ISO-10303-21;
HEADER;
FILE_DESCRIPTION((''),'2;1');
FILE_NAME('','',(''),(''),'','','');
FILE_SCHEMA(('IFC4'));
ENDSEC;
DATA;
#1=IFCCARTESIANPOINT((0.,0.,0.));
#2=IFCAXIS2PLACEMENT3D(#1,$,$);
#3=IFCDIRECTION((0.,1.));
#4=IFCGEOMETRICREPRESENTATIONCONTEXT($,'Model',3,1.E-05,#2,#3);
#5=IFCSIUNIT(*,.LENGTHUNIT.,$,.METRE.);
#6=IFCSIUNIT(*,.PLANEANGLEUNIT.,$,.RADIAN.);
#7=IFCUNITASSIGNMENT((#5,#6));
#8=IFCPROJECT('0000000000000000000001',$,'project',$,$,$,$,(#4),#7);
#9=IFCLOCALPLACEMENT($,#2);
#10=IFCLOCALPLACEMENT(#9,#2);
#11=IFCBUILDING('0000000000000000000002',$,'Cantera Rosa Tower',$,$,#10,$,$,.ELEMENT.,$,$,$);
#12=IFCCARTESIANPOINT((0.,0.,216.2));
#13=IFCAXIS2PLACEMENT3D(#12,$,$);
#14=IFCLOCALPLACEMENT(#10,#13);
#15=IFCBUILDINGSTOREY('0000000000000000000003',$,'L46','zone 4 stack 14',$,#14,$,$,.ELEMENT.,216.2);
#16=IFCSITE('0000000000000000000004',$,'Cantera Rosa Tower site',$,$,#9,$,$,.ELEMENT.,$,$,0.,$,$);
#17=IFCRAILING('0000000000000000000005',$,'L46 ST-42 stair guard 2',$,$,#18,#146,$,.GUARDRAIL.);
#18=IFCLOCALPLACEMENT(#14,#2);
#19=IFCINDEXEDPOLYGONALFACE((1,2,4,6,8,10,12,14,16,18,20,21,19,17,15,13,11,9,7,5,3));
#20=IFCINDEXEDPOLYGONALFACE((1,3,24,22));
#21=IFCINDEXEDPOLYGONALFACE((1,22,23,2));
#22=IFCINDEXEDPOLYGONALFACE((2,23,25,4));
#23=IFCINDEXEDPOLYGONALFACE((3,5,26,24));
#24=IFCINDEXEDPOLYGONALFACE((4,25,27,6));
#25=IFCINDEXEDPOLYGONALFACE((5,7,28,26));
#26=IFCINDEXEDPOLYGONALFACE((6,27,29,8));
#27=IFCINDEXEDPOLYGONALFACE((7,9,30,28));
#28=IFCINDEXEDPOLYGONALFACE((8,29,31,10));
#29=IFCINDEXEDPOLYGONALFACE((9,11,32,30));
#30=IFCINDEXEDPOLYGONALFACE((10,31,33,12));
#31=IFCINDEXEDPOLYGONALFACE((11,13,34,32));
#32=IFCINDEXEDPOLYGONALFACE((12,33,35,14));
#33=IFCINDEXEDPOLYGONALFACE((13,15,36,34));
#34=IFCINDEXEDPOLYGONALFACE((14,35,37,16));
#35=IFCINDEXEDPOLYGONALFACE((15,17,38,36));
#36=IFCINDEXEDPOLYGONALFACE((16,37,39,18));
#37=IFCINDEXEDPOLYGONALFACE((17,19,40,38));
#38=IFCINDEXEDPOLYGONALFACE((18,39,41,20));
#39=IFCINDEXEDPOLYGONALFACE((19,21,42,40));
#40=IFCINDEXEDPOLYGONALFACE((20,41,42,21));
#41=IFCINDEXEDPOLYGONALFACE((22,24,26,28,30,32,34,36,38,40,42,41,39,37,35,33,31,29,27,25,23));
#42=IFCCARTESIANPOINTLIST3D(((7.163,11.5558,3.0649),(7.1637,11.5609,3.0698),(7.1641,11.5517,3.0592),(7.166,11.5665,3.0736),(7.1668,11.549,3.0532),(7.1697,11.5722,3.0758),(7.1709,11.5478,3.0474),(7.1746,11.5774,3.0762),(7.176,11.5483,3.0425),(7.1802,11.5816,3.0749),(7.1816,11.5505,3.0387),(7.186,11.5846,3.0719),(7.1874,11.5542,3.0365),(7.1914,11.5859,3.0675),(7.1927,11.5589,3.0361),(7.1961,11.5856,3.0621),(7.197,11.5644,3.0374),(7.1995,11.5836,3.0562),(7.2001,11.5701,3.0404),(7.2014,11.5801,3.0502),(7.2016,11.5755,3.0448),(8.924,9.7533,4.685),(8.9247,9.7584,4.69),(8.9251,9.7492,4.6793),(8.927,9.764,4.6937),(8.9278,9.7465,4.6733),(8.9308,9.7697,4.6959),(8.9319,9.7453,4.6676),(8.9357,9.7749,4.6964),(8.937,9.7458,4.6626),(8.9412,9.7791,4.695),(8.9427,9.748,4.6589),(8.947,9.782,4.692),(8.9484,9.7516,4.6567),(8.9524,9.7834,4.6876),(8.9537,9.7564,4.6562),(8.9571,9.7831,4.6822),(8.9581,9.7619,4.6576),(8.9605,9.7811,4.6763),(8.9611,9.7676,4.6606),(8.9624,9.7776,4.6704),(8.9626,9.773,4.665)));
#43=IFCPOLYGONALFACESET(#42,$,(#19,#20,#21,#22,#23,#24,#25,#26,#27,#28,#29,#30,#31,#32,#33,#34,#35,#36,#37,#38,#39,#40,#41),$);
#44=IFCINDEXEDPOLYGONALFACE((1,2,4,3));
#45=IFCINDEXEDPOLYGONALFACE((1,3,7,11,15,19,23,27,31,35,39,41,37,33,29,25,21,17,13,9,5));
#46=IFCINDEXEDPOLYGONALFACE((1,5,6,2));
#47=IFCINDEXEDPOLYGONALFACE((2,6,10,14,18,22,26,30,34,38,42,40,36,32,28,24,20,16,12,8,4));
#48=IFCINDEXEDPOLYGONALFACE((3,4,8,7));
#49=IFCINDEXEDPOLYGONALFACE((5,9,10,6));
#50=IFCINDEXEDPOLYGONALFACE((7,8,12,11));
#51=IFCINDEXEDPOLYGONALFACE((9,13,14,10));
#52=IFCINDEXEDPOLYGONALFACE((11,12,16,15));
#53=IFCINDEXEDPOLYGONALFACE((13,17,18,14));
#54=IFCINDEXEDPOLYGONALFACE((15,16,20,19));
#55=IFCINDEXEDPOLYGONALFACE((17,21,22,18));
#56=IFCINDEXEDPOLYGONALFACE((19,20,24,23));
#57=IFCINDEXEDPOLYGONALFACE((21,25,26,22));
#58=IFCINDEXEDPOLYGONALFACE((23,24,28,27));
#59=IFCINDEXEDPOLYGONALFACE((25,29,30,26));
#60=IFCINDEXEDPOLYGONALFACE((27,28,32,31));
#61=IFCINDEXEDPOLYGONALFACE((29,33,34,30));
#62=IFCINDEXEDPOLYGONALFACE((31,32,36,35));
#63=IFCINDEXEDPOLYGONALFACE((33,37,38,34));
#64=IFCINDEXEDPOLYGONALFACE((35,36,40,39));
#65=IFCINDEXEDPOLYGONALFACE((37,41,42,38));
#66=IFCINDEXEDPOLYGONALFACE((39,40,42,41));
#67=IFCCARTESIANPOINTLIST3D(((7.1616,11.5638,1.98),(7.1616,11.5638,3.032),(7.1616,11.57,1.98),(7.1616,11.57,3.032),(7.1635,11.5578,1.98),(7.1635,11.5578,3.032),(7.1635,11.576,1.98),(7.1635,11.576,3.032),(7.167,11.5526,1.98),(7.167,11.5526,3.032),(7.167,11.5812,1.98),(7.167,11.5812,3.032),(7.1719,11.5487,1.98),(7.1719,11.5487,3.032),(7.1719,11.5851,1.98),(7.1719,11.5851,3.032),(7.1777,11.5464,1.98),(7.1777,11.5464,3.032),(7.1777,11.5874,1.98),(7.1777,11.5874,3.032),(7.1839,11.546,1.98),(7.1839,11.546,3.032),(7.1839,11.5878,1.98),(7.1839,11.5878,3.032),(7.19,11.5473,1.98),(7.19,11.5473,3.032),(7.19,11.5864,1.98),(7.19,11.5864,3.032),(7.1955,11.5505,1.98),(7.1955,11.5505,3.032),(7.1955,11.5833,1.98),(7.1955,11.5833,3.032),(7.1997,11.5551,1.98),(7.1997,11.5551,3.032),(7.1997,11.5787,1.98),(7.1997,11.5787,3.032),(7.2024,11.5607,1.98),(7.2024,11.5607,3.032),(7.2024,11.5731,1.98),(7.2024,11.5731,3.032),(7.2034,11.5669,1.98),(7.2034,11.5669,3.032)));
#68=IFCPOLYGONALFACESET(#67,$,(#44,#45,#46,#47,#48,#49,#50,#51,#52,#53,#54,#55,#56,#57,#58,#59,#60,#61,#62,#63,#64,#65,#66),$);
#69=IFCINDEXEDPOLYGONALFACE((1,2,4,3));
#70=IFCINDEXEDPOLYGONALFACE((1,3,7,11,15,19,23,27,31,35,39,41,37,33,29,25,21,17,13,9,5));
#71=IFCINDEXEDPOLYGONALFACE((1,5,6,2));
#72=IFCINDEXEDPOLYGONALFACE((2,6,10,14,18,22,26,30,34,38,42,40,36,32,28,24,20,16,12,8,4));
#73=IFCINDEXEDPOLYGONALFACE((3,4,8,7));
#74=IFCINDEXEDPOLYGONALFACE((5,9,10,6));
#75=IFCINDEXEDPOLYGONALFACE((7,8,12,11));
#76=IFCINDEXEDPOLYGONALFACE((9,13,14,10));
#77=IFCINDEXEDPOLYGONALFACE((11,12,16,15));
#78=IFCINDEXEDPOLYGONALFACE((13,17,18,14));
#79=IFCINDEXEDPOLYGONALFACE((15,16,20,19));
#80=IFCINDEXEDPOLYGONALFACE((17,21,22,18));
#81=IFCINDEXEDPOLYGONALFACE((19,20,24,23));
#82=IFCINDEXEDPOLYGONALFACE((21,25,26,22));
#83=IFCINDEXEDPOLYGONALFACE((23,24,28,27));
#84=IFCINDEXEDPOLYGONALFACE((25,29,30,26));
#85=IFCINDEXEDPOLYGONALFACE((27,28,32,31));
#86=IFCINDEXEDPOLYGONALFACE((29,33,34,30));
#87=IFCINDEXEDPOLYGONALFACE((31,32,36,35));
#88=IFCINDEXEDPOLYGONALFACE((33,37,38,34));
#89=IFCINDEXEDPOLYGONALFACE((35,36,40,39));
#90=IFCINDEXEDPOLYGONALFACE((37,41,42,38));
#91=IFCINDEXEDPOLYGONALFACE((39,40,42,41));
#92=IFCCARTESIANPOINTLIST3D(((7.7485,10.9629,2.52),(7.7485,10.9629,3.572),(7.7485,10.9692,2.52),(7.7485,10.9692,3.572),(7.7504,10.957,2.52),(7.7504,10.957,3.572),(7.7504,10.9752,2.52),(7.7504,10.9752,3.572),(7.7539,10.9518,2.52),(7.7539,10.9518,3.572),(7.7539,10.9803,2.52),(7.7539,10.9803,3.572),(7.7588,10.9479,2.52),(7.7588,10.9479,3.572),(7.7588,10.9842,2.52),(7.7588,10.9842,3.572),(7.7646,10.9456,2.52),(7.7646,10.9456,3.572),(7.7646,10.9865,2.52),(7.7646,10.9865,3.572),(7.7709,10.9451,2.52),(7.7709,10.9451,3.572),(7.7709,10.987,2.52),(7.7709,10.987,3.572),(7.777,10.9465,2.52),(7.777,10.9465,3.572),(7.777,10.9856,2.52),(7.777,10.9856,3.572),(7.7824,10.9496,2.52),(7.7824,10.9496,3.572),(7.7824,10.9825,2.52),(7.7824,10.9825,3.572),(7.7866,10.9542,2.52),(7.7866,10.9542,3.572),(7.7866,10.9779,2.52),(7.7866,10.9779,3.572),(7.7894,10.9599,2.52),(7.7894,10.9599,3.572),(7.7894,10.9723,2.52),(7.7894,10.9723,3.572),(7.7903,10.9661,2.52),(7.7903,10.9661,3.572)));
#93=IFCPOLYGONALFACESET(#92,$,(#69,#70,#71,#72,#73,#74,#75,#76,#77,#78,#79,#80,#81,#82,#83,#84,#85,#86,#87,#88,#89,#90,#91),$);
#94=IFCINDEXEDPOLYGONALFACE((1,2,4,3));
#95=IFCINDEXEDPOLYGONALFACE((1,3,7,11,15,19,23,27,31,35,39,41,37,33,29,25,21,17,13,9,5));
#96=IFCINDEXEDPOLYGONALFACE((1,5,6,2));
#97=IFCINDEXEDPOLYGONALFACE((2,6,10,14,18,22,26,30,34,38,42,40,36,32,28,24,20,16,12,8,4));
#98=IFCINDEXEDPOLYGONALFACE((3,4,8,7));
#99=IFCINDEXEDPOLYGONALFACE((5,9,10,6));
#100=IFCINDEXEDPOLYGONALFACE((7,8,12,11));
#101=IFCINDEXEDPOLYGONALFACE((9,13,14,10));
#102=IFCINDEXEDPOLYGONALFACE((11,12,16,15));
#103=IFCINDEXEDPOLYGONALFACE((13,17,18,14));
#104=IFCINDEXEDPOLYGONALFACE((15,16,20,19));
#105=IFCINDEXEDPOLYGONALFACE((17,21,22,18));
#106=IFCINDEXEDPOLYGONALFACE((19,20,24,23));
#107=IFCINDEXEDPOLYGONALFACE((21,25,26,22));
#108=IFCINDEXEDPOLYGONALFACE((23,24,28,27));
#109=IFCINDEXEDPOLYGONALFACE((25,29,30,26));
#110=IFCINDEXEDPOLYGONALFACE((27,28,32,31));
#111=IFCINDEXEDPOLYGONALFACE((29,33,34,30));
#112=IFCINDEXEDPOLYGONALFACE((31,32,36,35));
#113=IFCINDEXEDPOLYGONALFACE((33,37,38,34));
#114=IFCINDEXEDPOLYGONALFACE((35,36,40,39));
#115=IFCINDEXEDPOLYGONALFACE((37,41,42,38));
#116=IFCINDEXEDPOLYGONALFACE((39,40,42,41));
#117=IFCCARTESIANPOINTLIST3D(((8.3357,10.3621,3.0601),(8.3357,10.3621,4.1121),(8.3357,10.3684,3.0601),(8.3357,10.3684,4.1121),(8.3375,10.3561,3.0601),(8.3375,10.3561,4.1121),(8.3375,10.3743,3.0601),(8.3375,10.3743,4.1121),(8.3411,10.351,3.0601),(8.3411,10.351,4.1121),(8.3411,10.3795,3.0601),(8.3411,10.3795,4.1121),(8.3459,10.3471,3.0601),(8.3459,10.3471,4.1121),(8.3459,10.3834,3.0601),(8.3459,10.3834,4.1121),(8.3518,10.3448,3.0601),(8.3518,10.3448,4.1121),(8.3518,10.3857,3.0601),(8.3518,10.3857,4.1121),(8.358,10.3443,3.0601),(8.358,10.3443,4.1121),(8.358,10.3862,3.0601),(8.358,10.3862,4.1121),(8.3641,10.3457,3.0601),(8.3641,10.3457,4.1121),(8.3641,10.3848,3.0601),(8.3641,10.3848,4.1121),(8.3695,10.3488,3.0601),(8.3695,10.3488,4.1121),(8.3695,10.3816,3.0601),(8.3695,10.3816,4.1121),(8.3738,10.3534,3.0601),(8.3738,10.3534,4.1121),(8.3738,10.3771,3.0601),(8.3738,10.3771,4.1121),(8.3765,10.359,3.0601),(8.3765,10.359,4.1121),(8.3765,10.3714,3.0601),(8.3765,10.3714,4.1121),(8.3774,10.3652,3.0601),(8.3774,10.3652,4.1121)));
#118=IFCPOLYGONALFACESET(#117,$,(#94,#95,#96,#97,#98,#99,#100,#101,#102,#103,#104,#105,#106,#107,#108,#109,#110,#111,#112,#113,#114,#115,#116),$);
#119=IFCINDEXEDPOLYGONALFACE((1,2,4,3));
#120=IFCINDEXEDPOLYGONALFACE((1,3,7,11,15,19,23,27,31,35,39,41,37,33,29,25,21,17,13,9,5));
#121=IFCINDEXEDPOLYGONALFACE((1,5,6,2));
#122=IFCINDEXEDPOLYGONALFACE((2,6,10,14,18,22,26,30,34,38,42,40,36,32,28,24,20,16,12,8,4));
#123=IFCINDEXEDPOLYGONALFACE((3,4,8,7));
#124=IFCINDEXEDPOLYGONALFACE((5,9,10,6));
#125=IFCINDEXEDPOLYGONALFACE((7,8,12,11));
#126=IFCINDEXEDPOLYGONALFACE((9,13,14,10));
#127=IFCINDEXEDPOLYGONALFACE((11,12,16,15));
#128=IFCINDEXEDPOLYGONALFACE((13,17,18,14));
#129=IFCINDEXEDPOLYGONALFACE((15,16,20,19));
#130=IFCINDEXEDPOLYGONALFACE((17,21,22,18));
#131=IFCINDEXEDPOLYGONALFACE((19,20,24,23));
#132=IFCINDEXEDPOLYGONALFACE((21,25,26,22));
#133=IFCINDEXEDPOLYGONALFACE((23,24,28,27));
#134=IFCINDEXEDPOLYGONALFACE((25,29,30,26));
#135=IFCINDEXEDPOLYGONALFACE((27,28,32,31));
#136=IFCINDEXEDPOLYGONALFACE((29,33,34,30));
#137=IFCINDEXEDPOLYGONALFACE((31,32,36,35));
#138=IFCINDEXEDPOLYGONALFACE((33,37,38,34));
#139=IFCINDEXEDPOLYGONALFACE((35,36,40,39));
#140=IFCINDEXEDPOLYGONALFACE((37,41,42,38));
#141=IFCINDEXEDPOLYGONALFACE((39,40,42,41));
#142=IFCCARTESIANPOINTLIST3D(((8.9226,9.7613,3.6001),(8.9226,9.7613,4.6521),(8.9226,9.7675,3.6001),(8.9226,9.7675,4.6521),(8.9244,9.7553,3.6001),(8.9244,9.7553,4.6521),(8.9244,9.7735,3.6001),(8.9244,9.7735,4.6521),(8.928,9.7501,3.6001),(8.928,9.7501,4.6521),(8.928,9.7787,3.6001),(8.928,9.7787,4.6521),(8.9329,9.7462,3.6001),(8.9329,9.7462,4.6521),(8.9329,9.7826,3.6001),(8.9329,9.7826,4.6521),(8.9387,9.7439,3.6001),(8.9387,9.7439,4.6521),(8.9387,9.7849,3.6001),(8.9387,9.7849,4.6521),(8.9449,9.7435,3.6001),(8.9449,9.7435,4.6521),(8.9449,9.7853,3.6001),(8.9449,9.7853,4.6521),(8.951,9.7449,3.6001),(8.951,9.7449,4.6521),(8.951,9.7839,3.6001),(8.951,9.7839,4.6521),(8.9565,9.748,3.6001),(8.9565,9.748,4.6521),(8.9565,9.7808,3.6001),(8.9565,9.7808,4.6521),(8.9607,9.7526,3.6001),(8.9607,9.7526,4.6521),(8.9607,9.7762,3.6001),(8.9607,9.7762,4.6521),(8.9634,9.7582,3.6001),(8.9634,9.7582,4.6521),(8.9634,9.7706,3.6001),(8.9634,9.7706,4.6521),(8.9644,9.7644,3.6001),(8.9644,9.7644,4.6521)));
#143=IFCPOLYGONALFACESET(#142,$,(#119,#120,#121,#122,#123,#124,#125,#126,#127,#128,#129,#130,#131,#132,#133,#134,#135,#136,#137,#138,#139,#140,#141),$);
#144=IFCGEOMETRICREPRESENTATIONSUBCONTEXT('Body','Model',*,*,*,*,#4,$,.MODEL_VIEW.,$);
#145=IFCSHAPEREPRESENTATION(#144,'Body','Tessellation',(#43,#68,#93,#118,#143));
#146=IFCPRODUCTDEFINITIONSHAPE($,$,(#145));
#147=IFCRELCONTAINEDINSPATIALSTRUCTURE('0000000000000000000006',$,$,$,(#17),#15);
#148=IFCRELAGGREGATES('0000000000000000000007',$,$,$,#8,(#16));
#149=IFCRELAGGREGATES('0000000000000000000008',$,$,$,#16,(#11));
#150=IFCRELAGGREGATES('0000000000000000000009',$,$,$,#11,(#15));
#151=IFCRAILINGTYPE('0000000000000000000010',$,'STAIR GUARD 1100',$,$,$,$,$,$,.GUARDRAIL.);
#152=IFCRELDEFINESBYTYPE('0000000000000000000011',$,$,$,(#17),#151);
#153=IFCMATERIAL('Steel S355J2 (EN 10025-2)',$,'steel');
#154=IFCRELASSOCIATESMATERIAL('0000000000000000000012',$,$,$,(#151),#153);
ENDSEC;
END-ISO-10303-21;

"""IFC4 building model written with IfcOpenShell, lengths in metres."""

from ifc_helpers import new_model, si_unit, direction, frame, origin, origin_2d, place, context, subcontext, project, spatial, circle, extrude, material, type_object, element, save


model = new_model("IFC4")

# Units and contexts
model_context = context("Model", 3, precision=1e-05, world=origin(), true_north=direction((0.0, 1.0)))
body_context = subcontext(model_context, "Body", "Model", "MODEL_VIEW")
ifc_project = project(units=[si_unit("LENGTHUNIT", "METRE"), si_unit("PLANEANGLEUNIT", "RADIAN")], contexts=[model_context])

# Site, building, storey
site_placement = place(None, origin())
site = spatial("IfcSite", under=ifc_project, at=site_placement, Name="Cantera Rosa Tower site", CompositionType="ELEMENT", RefElevation=0.0)
building_placement = place(site_placement, origin())
building = spatial("IfcBuilding", under=site, at=building_placement, Name="Cantera Rosa Tower", CompositionType="ELEMENT")
storey_placement = place(building_placement, frame((0.0, 0.0, 216.2)))
storey = spatial("IfcBuildingStorey", under=building, at=storey_placement, Name="L46", Description="zone 4 stack 14", CompositionType="ELEMENT", Elevation=216.2)

# Railing
ifc_material_1 = material(Name="Steel S355J2 (EN 10025-2)", Category="steel")
railing_type_1 = type_object("IfcRailingType", Name="STAIR GUARD 1100", PredefinedType="GUARDRAIL", material=ifc_material_1)
railing_1_placement = place(storey_placement, frame((7.1824, 11.5669, 1.98)))
element("IfcRailing", 1, at=railing_1_placement, inside=storey, type_object=railing_type_1, Name="L46 ST-42 stair guard 2", PredefinedType="GUARDRAIL", context=body_context, shape_type="SweptSolid", body=[
    extrude(circle(Radius=0.0239, at=origin_2d()), frame((0.0, 0.0, 1.0762), z_axis=(0.587818, -0.601672, 0.540796), x_axis=(0.715294, 0.698824, 0.0)), (0.0, 0.0, 1.0), 2.9958),
    extrude(circle(Radius=0.021, at=origin_2d()), origin(), (0.0, 0.0, 1.0), 1.052),
    extrude(circle(Radius=0.021, at=origin_2d()), frame((0.5869, -0.6008, 0.54)), (0.0, 0.0, 1.0), 1.052),
    extrude(circle(Radius=0.021, at=origin_2d()), frame((1.1741, -1.2017, 1.0801)), (0.0, 0.0, 1.0), 1.052),
    extrude(circle(Radius=0.021, at=origin_2d()), frame((1.761, -1.8025, 1.6201)), (0.0, 0.0, 1.0), 1.052),
])

save(model, "model.ifc")
